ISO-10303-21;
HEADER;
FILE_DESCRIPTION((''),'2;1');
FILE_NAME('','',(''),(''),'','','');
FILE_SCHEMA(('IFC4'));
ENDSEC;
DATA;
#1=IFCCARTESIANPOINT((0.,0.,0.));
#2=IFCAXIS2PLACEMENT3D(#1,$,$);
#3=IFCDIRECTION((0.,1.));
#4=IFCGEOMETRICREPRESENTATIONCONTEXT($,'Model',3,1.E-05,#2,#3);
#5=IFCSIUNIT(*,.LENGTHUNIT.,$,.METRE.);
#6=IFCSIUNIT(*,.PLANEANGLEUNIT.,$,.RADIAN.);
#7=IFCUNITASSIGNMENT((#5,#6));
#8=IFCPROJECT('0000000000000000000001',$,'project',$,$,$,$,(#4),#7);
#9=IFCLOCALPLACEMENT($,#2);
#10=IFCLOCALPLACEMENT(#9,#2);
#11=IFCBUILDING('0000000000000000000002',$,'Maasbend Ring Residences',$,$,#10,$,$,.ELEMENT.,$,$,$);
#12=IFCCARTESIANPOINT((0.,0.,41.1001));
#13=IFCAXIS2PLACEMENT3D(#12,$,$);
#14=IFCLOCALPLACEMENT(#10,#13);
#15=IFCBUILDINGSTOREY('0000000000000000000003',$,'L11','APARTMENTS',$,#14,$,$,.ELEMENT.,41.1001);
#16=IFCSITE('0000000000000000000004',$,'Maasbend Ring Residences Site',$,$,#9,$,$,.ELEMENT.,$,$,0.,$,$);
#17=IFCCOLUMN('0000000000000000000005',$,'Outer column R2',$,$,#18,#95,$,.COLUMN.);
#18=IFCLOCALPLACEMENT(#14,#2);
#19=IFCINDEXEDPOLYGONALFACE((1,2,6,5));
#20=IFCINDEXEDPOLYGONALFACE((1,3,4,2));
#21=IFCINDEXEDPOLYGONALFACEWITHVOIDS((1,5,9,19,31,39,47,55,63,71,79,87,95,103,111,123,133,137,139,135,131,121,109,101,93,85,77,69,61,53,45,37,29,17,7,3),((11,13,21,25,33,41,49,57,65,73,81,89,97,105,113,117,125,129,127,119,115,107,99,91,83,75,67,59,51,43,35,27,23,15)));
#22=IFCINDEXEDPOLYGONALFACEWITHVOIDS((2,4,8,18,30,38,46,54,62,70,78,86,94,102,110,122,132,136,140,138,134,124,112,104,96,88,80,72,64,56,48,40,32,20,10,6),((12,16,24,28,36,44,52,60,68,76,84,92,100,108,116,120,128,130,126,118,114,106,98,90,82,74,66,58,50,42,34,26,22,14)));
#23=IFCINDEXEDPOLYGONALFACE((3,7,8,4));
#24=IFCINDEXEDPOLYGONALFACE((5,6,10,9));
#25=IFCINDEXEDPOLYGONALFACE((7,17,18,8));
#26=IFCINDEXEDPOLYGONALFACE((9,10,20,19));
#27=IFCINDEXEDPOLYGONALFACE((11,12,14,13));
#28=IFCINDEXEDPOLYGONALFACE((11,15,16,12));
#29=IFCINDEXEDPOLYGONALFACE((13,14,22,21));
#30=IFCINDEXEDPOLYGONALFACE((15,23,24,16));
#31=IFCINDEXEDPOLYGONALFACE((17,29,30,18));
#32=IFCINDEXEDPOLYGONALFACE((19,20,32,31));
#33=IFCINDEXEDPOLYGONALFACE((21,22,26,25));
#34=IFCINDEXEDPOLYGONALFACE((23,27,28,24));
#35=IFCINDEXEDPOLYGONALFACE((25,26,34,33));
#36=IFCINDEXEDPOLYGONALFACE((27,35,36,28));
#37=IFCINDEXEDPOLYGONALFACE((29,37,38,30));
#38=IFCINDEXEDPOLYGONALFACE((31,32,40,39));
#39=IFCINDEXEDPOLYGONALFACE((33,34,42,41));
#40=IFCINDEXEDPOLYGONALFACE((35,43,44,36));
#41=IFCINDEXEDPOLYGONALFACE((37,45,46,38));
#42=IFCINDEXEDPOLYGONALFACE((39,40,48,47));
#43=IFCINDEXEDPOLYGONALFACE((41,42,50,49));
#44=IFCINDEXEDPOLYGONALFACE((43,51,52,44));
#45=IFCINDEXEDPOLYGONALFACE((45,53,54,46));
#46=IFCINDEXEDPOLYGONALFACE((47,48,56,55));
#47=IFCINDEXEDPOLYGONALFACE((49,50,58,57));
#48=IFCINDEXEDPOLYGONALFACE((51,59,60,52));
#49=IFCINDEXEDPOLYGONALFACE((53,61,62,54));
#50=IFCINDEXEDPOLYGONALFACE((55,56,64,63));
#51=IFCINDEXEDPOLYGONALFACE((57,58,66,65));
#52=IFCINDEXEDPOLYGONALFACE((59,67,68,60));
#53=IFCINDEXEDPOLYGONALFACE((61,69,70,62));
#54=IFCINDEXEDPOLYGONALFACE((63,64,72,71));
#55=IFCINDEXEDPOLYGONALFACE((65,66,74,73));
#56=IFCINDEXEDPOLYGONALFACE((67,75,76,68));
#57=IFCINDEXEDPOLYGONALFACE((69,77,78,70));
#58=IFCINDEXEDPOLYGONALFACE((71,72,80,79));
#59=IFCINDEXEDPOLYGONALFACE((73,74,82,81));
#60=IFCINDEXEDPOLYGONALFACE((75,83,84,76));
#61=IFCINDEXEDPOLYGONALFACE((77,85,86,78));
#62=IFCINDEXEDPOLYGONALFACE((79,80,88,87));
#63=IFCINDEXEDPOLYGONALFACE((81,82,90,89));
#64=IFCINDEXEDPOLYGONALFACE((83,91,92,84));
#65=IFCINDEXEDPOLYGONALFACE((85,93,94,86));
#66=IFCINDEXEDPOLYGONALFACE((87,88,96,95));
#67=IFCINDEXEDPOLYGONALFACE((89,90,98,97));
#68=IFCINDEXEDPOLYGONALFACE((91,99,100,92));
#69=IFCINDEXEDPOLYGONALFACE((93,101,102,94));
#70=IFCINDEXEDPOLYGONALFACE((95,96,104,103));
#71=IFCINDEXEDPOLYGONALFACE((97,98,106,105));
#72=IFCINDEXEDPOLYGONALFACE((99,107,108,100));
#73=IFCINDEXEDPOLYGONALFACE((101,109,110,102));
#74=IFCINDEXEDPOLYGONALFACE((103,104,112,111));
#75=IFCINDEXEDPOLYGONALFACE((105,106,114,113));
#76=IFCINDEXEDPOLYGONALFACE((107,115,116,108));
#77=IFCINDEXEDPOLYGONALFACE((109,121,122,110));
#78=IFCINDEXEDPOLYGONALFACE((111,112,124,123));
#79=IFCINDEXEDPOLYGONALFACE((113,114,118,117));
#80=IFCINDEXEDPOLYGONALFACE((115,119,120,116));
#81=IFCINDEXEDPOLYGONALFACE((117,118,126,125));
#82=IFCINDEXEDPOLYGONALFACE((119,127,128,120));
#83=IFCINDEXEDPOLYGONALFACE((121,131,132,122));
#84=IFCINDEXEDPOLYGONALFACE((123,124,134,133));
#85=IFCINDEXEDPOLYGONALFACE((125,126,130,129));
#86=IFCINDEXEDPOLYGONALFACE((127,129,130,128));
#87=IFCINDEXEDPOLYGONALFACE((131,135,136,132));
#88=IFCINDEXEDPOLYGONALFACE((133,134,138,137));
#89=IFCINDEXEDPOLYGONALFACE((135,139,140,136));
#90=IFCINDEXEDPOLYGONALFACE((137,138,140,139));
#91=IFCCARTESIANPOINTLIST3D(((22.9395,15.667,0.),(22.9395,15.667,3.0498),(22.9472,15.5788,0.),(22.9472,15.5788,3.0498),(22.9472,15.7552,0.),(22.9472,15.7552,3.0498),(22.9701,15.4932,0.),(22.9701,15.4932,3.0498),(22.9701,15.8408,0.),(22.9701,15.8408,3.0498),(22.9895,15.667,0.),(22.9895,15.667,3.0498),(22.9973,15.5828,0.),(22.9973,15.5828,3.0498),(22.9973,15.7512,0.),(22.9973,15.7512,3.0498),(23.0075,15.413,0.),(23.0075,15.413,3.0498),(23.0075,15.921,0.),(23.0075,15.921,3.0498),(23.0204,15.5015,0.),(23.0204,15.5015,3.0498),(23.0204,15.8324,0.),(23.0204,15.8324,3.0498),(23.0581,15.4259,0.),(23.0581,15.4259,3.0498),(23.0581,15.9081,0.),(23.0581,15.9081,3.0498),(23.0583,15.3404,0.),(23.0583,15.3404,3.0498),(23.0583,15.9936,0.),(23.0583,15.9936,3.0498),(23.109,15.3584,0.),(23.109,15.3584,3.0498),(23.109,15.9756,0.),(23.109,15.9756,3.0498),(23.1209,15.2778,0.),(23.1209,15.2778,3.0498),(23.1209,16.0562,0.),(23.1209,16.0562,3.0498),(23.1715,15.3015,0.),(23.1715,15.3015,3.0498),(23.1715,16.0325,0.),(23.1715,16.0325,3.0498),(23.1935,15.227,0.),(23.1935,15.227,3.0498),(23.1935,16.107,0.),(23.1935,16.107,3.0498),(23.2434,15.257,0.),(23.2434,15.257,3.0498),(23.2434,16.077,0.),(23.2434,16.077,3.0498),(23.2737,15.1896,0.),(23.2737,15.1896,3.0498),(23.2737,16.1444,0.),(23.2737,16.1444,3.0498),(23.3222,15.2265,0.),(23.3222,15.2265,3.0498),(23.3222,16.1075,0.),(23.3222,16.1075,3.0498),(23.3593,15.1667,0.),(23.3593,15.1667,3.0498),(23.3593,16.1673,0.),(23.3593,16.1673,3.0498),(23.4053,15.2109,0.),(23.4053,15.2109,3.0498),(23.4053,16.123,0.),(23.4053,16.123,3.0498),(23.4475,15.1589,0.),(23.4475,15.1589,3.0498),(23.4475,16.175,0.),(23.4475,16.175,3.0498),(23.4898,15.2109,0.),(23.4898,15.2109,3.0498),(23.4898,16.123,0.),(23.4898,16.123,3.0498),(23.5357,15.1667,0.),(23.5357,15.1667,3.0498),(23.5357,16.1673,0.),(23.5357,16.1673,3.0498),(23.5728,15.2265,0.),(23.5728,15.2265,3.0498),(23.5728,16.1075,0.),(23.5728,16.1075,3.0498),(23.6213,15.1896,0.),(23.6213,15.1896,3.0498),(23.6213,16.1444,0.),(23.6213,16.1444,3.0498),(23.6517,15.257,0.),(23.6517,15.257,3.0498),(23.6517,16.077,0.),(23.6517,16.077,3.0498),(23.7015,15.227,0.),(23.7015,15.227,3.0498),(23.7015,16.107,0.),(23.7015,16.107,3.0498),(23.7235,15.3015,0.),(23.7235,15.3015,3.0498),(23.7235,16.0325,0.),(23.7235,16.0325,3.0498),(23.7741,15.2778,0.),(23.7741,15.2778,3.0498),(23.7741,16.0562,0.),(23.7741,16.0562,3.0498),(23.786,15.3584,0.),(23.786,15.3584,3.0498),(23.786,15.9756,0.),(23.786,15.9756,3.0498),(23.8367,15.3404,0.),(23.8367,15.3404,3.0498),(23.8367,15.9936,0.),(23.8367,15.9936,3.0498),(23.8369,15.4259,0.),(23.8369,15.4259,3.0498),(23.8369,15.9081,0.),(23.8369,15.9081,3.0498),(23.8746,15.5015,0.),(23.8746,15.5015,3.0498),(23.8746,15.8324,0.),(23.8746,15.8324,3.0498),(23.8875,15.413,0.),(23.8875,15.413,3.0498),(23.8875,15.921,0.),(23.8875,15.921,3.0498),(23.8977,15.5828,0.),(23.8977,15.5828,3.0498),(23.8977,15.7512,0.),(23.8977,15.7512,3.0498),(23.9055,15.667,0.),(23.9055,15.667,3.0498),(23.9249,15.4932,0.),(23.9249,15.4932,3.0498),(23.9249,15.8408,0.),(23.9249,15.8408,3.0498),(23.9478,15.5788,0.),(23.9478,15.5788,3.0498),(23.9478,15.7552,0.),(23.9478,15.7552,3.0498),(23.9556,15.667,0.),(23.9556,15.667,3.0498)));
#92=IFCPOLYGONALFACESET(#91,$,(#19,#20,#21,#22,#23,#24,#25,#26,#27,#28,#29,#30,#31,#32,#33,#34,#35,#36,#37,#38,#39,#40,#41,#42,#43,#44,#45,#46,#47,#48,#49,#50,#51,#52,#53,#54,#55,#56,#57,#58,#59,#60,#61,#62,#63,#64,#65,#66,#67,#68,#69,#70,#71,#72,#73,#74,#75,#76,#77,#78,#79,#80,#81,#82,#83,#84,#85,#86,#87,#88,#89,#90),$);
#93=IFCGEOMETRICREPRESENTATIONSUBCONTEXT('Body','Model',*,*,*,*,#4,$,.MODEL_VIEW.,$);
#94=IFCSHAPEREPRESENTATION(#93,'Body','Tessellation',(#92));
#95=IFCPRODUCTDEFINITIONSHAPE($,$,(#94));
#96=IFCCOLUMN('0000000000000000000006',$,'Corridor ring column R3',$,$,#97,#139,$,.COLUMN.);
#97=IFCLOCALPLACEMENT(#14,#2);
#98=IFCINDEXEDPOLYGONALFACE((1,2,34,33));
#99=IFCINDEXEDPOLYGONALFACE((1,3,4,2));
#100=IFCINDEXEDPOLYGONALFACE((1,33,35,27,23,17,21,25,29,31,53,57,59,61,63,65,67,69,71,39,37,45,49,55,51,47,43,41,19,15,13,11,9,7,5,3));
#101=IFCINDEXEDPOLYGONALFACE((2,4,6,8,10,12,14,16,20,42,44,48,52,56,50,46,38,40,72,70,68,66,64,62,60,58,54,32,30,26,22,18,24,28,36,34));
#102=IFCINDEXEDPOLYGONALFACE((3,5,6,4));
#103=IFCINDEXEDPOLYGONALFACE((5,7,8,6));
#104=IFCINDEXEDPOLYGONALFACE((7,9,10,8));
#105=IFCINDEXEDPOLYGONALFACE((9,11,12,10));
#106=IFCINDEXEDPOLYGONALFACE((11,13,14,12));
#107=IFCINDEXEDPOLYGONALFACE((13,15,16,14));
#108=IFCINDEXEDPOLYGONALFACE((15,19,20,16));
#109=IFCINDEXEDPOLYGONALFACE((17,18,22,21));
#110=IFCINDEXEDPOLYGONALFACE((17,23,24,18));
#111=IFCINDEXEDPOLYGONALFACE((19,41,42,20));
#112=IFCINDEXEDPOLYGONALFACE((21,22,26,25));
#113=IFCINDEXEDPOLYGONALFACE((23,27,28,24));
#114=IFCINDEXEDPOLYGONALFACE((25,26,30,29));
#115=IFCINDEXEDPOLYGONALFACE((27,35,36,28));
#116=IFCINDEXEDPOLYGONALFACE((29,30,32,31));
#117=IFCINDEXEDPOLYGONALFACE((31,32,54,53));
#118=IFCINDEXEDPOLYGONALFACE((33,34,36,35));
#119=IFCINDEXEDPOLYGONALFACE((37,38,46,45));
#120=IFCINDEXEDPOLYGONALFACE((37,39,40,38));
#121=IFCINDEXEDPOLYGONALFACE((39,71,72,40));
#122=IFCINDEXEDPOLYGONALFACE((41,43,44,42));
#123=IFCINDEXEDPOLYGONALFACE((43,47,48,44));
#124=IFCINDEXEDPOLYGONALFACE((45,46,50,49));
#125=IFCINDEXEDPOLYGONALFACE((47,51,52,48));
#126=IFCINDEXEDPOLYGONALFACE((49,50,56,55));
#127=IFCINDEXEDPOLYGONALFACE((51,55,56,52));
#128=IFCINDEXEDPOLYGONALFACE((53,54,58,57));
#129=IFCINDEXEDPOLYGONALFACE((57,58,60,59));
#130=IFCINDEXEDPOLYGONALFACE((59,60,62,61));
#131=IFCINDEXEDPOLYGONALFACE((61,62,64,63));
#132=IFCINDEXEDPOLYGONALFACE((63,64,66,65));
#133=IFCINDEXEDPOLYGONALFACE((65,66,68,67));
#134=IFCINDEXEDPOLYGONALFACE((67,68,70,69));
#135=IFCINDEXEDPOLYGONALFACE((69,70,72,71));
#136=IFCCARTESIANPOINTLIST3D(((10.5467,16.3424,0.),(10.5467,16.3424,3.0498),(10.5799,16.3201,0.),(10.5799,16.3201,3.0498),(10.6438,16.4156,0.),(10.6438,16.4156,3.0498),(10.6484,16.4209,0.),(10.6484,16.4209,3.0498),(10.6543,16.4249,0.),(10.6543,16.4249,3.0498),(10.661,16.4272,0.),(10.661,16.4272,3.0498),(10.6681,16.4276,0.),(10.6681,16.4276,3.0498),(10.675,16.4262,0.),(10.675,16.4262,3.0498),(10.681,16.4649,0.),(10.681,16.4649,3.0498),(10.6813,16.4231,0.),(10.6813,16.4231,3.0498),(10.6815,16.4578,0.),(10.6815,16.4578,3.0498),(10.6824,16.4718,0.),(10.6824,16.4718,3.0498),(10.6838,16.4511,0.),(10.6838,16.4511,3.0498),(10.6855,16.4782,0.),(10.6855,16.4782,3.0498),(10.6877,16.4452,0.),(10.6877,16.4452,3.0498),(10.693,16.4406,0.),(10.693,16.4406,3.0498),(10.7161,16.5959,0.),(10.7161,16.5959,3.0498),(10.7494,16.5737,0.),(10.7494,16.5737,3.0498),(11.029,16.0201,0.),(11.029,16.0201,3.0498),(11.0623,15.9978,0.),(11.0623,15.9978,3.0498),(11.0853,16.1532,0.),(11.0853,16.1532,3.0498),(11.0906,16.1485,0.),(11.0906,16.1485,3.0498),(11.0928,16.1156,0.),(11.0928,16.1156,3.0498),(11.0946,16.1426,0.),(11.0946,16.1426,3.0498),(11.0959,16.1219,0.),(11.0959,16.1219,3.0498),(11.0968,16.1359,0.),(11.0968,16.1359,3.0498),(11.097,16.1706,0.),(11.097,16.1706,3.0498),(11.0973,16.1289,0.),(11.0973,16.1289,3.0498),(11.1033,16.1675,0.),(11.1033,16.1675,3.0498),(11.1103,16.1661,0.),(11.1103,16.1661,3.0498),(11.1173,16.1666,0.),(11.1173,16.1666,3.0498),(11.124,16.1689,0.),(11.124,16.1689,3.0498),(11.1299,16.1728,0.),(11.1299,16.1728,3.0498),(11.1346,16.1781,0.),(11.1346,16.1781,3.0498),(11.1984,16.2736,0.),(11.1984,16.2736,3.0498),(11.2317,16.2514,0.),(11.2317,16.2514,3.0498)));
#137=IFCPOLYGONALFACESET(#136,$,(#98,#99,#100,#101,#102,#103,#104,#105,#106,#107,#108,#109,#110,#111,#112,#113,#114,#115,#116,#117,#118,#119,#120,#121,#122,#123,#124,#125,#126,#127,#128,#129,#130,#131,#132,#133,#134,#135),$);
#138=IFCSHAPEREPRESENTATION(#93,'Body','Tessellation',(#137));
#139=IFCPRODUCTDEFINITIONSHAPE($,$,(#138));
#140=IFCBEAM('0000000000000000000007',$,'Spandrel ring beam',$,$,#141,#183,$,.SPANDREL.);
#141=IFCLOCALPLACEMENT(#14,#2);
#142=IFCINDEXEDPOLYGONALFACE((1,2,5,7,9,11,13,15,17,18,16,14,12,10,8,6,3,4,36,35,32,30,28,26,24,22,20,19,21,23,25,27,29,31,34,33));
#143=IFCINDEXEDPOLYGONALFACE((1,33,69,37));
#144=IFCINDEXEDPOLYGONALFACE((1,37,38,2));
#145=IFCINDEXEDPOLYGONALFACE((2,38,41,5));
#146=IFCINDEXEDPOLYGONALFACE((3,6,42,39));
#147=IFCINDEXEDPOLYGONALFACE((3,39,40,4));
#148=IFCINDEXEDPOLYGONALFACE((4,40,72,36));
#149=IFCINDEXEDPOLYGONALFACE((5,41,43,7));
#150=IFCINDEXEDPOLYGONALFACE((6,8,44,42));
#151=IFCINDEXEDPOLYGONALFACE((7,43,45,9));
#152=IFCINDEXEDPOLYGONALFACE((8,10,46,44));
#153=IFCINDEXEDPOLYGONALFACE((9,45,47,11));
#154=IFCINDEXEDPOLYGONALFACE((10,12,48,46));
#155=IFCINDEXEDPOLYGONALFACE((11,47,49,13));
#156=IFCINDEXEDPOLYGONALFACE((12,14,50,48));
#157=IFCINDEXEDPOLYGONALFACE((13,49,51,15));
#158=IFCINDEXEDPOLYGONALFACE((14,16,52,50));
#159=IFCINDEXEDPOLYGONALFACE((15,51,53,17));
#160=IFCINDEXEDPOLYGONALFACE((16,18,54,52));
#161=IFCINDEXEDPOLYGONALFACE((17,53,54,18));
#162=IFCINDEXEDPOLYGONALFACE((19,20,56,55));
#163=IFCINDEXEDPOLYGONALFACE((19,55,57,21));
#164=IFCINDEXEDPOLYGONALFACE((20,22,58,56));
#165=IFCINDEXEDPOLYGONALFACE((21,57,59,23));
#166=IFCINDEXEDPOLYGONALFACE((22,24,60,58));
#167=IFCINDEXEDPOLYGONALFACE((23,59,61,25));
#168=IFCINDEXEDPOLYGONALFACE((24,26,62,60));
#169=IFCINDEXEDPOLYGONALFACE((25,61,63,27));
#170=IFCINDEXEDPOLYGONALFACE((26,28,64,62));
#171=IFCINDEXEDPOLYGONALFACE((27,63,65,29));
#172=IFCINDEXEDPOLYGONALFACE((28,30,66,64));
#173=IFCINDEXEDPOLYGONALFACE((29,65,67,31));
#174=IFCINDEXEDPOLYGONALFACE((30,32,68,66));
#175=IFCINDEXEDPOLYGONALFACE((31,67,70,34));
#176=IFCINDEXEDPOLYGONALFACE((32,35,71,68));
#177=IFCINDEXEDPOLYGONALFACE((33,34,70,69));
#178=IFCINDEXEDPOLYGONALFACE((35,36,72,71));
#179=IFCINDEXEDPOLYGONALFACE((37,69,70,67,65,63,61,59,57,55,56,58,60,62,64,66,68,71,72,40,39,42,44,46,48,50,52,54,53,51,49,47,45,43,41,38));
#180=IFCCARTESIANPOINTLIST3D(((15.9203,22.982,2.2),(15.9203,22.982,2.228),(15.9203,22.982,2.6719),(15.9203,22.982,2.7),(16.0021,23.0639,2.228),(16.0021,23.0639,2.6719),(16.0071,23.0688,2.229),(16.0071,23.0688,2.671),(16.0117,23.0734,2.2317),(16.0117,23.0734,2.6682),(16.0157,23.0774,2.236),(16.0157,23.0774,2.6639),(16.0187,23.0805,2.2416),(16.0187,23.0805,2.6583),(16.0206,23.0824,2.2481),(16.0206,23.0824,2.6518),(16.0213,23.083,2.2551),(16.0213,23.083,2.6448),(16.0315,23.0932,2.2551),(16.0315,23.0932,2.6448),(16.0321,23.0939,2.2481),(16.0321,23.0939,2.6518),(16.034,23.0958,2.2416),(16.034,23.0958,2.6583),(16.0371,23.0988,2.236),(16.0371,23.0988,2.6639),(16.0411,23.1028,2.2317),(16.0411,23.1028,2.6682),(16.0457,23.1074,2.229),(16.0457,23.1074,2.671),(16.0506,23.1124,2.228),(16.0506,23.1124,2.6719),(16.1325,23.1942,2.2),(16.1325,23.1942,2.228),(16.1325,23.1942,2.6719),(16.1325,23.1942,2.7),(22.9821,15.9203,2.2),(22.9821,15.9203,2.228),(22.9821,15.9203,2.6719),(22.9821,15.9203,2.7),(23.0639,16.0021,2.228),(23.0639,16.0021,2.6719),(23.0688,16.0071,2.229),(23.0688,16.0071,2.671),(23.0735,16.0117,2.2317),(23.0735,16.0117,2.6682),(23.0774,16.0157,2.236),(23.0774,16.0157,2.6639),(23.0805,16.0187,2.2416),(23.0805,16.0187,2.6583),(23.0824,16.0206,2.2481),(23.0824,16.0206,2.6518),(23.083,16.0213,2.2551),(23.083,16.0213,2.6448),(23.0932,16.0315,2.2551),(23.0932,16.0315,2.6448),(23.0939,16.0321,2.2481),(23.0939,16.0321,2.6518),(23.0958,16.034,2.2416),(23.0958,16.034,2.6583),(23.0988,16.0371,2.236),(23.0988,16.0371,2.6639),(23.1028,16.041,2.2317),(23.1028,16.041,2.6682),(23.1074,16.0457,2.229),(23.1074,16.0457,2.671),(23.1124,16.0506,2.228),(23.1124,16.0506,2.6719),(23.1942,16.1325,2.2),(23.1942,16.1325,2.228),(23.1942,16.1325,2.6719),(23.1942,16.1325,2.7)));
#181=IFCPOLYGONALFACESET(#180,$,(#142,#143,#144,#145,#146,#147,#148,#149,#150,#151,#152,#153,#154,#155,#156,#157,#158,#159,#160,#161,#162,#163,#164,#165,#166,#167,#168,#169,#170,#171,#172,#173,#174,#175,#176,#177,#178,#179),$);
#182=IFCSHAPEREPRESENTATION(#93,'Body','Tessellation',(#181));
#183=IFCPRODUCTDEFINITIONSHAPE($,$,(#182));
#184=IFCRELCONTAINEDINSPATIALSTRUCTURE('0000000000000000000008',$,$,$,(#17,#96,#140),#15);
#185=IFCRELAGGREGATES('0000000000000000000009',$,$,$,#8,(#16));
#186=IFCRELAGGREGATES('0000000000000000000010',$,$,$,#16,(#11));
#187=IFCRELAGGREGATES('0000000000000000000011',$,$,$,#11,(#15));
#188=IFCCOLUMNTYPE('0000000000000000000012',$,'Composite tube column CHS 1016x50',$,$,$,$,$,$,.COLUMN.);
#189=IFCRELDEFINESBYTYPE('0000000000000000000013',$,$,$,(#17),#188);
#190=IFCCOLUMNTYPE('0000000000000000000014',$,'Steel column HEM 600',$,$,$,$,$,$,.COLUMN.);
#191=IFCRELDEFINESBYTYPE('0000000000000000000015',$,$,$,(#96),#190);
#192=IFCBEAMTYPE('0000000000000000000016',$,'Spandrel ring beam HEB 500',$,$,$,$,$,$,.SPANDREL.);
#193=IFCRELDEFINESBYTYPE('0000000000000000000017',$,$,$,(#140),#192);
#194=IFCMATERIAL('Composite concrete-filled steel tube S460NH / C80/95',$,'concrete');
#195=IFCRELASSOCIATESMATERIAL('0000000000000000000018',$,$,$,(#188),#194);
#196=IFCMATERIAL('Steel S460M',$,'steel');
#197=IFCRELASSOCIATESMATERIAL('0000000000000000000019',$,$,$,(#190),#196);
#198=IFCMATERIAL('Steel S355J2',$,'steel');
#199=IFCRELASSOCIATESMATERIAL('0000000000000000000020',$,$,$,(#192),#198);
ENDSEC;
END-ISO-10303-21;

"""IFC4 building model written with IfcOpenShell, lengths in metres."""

from ifc_helpers import new_model, si_unit, direction, frame, origin, origin_2d, place, context, subcontext, project, spatial, hollow_circle, i_section, extrude, material, material_profile, profile_set, type_object, element, save


model = new_model("IFC4")

# Units and contexts
model_context = context("Model", 3, precision=1e-05, world=origin(), true_north=direction((0.0, 1.0)))
body_context = subcontext(model_context, "Body", "Model", "MODEL_VIEW")
ifc_project = project(units=[si_unit("LENGTHUNIT", "METRE"), si_unit("PLANEANGLEUNIT", "RADIAN")], contexts=[model_context])

# Site, building, storey
site_placement = place(None, origin())
site = spatial("IfcSite", under=ifc_project, at=site_placement, Name="Maasbend Ring Residences Site", CompositionType="ELEMENT", RefElevation=0.0)
building_placement = place(site_placement, origin())
building = spatial("IfcBuilding", under=site, at=building_placement, Name="Maasbend Ring Residences", CompositionType="ELEMENT")
storey_placement = place(building_placement, frame((0.0, 0.0, 41.1001)))
storey = spatial("IfcBuildingStorey", under=building, at=storey_placement, Name="L11", Description="APARTMENTS", CompositionType="ELEMENT", Elevation=41.1001)

# Columns
ifc_material_1 = material(Name="Composite concrete-filled steel tube S460NH / C80/95", Category="concrete")
ifc_material_profile_1 = material_profile(ifc_material_1, hollow_circle(Radius=0.5081, WallThickness=0.05, at=origin_2d()), Name="Composite tube column CHS 1016x50")
ifc_profile_set_1 = profile_set([ifc_material_profile_1], Name="Composite concrete-filled steel tube S460NH / C80/95")
column_type_1 = type_object("IfcColumnType", Name="Composite tube column CHS 1016x50", PredefinedType="COLUMN", material=ifc_profile_set_1)
column_1_placement = place(storey_placement, frame((23.4475, 15.667, 0.0), z_axis=(0.0, 0.0, 1.0), x_axis=(1.0, 0.0, 0.0)))
element("IfcColumn", 1, at=column_1_placement, inside=storey, type_object=column_type_1, Name="Outer column R2", PredefinedType="COLUMN", context=body_context, shape_type="SweptSolid", body=[
    extrude(hollow_circle(Radius=0.5081, WallThickness=0.05, at=origin_2d()), origin(), (0.0, 0.0, 1.0), 3.0498),
])
ifc_material_2 = material(Name="Steel S460M", Category="steel")
ifc_material_profile_2 = material_profile(ifc_material_2, i_section(OverallWidth=0.3049, OverallDepth=0.6201, WebThickness=0.021, FlangeThickness=0.04, FilletRadius=0.0271, at=origin_2d()), Name="HEM 600")
ifc_profile_set_2 = profile_set([ifc_material_profile_2], Name="Steel S460M")
column_type_2 = type_object("IfcColumnType", Name="Steel column HEM 600", PredefinedType="COLUMN", material=ifc_profile_set_2)
column_2_placement = place(storey_placement, frame((10.8892, 16.2969, 0.0), z_axis=(0.0, 0.0, 1.0), x_axis=(0.55557, 0.83147, 0.0)))
element("IfcColumn", 2, at=column_2_placement, inside=storey, type_object=column_type_2, Name="Corridor ring column R3", PredefinedType="COLUMN", context=body_context, shape_type="SweptSolid", body=[
    extrude(i_section(OverallWidth=0.3049, OverallDepth=0.6201, WebThickness=0.021, FlangeThickness=0.04, FilletRadius=0.0271, at=origin_2d()), origin(), (0.0, 0.0, 1.0), 3.0498),
])

# Beam
ifc_material_3 = material(Name="Steel S355J2", Category="steel")
ifc_material_profile_3 = material_profile(ifc_material_3, i_section(OverallWidth=0.3, OverallDepth=0.5, WebThickness=0.0144, FlangeThickness=0.0281, FilletRadius=0.0271, at=origin_2d()), Name="HEB 500")
ifc_profile_set_3 = profile_set([ifc_material_profile_3], Name="Steel S355J2")
beam_type = type_object("IfcBeamType", Name="Spandrel ring beam HEB 500", PredefinedType="SPANDREL", material=ifc_profile_set_3)
beam_placement = place(storey_placement, frame((23.0881, 16.0264, 2.45), z_axis=(-0.707107, 0.707107, 0.0), x_axis=(-0.707107, -0.707107, 0.0)))
element("IfcBeam", 3, at=beam_placement, inside=storey, type_object=beam_type, Name="Spandrel ring beam", PredefinedType="SPANDREL", context=body_context, shape_type="SweptSolid", body=[
    extrude(i_section(OverallWidth=0.3, OverallDepth=0.5, WebThickness=0.0144, FlangeThickness=0.0281, FilletRadius=0.0271, at=origin_2d()), origin(), (0.0, 0.0, 1.0), 9.9868),
])

save(model, "model.ifc")
